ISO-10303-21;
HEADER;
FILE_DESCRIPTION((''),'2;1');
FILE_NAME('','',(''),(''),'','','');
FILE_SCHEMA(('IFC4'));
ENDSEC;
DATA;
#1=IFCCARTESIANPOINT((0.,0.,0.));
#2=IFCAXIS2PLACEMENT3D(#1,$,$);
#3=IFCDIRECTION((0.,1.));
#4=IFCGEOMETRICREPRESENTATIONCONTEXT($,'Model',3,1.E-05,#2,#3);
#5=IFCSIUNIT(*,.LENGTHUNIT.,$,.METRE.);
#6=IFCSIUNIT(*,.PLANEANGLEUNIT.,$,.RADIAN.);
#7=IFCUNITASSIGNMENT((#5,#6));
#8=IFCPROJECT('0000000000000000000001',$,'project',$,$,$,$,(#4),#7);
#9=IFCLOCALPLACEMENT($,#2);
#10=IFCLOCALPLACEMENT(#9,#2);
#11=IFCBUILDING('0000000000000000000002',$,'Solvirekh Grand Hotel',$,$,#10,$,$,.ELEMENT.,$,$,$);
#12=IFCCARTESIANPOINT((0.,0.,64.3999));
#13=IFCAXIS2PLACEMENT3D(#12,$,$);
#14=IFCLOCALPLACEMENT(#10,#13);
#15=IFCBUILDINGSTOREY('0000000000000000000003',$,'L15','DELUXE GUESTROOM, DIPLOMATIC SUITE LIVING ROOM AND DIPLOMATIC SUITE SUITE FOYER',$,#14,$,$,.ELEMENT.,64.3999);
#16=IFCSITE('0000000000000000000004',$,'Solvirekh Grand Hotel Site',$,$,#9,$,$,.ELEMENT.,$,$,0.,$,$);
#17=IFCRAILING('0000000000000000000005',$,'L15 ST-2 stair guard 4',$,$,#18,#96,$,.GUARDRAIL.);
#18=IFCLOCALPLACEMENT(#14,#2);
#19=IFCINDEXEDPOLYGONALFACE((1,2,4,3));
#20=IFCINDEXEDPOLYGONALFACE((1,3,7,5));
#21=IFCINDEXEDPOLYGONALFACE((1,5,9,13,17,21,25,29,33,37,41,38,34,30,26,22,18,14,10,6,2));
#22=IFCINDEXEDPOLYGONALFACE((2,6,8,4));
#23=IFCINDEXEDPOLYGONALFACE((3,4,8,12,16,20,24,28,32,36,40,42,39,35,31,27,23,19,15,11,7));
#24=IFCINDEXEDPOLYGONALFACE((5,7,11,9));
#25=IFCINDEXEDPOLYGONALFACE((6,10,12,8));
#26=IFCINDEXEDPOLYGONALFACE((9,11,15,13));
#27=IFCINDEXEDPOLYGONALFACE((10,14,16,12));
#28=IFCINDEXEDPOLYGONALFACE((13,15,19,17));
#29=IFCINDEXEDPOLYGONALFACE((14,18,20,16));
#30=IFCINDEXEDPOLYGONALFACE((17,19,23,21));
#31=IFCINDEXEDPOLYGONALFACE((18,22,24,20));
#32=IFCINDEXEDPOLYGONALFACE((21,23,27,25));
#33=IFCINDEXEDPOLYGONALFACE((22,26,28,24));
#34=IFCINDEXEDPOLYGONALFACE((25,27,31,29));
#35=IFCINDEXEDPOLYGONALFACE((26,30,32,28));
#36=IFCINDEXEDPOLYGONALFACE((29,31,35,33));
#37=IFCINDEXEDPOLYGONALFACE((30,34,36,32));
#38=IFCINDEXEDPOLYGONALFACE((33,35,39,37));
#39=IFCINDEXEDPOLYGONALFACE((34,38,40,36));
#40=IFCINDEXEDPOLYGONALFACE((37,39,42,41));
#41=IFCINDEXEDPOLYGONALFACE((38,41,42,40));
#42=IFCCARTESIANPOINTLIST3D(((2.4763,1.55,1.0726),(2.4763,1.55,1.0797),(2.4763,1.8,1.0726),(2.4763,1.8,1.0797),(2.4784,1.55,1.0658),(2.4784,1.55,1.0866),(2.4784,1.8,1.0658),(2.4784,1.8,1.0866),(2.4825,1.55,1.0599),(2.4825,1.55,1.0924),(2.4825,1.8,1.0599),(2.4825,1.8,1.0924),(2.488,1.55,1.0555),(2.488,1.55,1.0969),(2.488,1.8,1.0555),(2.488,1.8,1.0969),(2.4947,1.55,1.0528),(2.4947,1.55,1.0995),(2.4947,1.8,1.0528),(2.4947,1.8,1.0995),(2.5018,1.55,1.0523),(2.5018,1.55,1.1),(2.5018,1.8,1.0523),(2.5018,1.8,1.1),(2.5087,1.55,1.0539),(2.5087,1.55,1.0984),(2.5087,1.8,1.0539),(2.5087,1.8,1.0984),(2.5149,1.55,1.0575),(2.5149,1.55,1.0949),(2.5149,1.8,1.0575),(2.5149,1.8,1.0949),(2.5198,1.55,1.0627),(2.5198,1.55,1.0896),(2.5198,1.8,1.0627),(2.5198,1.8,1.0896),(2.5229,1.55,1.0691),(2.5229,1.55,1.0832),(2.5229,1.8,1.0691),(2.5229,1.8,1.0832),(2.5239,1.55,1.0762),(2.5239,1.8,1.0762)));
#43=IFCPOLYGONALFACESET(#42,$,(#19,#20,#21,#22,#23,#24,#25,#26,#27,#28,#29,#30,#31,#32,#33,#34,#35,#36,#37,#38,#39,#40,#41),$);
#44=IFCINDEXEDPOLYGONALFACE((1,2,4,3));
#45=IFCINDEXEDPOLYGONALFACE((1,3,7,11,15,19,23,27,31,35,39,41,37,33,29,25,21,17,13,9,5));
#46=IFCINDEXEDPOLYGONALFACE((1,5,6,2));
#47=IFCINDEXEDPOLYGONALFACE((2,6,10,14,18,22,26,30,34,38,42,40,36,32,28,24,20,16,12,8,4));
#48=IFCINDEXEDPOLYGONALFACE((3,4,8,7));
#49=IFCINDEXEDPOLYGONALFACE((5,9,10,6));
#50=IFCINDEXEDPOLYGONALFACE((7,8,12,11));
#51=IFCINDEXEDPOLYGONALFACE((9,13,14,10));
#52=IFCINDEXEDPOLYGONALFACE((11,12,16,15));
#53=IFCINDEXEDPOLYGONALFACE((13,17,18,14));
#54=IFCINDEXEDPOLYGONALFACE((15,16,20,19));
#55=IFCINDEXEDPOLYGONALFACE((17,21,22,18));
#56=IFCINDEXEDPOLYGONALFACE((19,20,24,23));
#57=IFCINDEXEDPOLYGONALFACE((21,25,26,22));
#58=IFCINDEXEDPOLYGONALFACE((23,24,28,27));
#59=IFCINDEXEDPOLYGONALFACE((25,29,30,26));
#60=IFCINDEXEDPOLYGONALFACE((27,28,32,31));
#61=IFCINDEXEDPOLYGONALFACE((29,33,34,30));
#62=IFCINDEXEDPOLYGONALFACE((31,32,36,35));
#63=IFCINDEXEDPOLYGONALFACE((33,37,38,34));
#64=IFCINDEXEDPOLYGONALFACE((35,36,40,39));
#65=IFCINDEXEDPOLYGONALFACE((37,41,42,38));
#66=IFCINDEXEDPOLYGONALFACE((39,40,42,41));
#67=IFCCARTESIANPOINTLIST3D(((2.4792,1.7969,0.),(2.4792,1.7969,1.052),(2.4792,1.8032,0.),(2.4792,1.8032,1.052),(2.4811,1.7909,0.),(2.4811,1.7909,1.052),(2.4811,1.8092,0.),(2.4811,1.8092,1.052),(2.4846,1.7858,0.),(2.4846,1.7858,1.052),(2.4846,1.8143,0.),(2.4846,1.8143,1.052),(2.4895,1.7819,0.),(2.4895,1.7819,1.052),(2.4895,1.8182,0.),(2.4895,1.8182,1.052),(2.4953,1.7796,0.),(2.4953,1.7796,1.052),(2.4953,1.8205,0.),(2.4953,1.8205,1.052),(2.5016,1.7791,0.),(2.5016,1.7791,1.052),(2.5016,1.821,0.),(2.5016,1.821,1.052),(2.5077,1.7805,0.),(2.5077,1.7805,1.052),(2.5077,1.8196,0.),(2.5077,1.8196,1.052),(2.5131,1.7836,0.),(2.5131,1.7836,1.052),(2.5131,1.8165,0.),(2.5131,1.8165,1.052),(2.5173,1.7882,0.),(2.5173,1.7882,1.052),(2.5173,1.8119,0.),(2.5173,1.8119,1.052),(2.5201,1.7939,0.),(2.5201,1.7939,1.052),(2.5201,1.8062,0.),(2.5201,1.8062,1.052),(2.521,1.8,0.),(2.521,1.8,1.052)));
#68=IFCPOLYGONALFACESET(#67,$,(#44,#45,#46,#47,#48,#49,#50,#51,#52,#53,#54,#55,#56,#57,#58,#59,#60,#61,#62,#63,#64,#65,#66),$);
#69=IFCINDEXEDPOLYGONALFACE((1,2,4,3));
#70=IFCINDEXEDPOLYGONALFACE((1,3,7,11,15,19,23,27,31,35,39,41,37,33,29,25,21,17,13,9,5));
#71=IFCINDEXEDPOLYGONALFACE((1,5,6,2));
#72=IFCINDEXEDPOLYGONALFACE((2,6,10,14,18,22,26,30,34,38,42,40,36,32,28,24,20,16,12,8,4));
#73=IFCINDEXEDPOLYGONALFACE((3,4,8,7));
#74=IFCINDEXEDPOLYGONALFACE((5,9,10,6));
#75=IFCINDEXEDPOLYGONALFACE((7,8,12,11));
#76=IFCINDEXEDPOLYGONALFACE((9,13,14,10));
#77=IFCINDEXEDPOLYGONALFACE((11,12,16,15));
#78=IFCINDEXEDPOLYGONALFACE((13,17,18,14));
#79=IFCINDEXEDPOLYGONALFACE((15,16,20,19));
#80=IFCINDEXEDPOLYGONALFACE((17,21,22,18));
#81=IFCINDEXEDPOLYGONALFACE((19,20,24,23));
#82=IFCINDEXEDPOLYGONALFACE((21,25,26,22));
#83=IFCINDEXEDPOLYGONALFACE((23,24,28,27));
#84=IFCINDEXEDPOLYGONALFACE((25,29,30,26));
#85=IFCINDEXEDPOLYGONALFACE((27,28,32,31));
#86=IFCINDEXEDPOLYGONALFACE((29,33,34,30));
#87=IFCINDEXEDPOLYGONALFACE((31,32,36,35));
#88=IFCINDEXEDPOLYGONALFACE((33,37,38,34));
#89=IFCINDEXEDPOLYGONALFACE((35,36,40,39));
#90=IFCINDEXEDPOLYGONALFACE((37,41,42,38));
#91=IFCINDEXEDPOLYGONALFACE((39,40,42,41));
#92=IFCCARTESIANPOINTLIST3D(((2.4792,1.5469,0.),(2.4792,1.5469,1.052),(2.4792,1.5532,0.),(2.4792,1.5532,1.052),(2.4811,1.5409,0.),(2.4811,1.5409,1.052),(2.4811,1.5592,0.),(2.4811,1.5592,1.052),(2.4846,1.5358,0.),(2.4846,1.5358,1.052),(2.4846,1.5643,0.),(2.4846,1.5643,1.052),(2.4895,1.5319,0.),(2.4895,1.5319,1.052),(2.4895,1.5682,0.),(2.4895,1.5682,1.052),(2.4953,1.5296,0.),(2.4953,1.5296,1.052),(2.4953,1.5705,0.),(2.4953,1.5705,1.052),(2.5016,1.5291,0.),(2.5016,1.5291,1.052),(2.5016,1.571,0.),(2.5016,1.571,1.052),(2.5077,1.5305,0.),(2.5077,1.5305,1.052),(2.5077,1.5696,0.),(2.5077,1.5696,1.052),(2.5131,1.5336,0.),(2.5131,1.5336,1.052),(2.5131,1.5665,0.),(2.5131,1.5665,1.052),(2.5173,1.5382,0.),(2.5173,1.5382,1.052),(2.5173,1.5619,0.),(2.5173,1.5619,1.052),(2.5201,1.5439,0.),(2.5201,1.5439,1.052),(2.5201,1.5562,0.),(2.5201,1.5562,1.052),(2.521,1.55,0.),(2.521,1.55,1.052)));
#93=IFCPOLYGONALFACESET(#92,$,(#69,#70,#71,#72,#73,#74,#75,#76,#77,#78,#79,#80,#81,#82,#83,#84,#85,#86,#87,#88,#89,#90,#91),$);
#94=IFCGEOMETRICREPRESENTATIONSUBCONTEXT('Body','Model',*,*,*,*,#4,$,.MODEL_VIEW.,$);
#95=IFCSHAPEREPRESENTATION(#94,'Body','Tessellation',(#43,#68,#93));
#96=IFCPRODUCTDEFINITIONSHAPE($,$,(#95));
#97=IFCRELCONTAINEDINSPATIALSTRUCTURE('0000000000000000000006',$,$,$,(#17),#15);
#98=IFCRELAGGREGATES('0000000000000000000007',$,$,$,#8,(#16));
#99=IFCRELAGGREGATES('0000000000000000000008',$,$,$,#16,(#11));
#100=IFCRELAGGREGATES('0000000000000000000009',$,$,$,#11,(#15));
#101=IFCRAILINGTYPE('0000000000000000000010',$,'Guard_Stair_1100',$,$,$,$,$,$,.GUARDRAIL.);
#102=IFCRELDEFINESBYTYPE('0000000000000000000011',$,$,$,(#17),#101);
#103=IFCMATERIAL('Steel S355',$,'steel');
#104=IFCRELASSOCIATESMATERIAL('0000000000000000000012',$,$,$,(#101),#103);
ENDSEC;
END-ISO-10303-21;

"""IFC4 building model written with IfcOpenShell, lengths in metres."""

from ifc_helpers import new_model, si_unit, direction, frame, origin, origin_2d, place, context, subcontext, project, spatial, circle, extrude, material, type_object, element, save


model = new_model("IFC4")

# Units and contexts
model_context = context("Model", 3, precision=1e-05, world=origin(), true_north=direction((0.0, 1.0)))
body_context = subcontext(model_context, "Body", "Model", "MODEL_VIEW")
ifc_project = project(units=[si_unit("LENGTHUNIT", "METRE"), si_unit("PLANEANGLEUNIT", "RADIAN")], contexts=[model_context])

# Site, building, storey
site_placement = place(None, origin())
site = spatial("IfcSite", under=ifc_project, at=site_placement, Name="Solvirekh Grand Hotel Site", CompositionType="ELEMENT", RefElevation=0.0)
building_placement = place(site_placement, origin())
building = spatial("IfcBuilding", under=site, at=building_placement, Name="Solvirekh Grand Hotel", CompositionType="ELEMENT")
storey_placement = place(building_placement, frame((0.0, 0.0, 64.3999)))
storey = spatial("IfcBuildingStorey", under=building, at=storey_placement, Name="L15", Description="DELUXE GUESTROOM, DIPLOMATIC SUITE LIVING ROOM AND DIPLOMATIC SUITE SUITE FOYER", CompositionType="ELEMENT", Elevation=64.3999)

# Shared definitions
ifc_material_1 = material(Name="Steel S355", Category="steel")

# Railing
railing_type_1 = type_object("IfcRailingType", Name="Guard_Stair_1100", PredefinedType="GUARDRAIL", material=ifc_material_1)
railing_1_placement = place(storey_placement, frame((2.5, 1.8, 0.0)))
element("IfcRailing", 1, at=railing_1_placement, inside=storey, type_object=railing_type_1, Name="L15 ST-2 stair guard 4", PredefinedType="GUARDRAIL", context=body_context, shape_type="SweptSolid", body=[
    extrude(circle(Radius=0.0239, at=origin_2d()), frame((0.0, 0.0, 1.0762), z_axis=(0.0, -1.0, 0.0), x_axis=(1.0, 0.0, 0.0)), (0.0, 0.0, 1.0), 0.25),
    extrude(circle(Radius=0.021, at=origin_2d()), origin(), (0.0, 0.0, 1.0), 1.052),
    extrude(circle(Radius=0.021, at=origin_2d()), frame((0.0, -0.25, 0.0)), (0.0, 0.0, 1.0), 1.052),
])

save(model, "model.ifc")
